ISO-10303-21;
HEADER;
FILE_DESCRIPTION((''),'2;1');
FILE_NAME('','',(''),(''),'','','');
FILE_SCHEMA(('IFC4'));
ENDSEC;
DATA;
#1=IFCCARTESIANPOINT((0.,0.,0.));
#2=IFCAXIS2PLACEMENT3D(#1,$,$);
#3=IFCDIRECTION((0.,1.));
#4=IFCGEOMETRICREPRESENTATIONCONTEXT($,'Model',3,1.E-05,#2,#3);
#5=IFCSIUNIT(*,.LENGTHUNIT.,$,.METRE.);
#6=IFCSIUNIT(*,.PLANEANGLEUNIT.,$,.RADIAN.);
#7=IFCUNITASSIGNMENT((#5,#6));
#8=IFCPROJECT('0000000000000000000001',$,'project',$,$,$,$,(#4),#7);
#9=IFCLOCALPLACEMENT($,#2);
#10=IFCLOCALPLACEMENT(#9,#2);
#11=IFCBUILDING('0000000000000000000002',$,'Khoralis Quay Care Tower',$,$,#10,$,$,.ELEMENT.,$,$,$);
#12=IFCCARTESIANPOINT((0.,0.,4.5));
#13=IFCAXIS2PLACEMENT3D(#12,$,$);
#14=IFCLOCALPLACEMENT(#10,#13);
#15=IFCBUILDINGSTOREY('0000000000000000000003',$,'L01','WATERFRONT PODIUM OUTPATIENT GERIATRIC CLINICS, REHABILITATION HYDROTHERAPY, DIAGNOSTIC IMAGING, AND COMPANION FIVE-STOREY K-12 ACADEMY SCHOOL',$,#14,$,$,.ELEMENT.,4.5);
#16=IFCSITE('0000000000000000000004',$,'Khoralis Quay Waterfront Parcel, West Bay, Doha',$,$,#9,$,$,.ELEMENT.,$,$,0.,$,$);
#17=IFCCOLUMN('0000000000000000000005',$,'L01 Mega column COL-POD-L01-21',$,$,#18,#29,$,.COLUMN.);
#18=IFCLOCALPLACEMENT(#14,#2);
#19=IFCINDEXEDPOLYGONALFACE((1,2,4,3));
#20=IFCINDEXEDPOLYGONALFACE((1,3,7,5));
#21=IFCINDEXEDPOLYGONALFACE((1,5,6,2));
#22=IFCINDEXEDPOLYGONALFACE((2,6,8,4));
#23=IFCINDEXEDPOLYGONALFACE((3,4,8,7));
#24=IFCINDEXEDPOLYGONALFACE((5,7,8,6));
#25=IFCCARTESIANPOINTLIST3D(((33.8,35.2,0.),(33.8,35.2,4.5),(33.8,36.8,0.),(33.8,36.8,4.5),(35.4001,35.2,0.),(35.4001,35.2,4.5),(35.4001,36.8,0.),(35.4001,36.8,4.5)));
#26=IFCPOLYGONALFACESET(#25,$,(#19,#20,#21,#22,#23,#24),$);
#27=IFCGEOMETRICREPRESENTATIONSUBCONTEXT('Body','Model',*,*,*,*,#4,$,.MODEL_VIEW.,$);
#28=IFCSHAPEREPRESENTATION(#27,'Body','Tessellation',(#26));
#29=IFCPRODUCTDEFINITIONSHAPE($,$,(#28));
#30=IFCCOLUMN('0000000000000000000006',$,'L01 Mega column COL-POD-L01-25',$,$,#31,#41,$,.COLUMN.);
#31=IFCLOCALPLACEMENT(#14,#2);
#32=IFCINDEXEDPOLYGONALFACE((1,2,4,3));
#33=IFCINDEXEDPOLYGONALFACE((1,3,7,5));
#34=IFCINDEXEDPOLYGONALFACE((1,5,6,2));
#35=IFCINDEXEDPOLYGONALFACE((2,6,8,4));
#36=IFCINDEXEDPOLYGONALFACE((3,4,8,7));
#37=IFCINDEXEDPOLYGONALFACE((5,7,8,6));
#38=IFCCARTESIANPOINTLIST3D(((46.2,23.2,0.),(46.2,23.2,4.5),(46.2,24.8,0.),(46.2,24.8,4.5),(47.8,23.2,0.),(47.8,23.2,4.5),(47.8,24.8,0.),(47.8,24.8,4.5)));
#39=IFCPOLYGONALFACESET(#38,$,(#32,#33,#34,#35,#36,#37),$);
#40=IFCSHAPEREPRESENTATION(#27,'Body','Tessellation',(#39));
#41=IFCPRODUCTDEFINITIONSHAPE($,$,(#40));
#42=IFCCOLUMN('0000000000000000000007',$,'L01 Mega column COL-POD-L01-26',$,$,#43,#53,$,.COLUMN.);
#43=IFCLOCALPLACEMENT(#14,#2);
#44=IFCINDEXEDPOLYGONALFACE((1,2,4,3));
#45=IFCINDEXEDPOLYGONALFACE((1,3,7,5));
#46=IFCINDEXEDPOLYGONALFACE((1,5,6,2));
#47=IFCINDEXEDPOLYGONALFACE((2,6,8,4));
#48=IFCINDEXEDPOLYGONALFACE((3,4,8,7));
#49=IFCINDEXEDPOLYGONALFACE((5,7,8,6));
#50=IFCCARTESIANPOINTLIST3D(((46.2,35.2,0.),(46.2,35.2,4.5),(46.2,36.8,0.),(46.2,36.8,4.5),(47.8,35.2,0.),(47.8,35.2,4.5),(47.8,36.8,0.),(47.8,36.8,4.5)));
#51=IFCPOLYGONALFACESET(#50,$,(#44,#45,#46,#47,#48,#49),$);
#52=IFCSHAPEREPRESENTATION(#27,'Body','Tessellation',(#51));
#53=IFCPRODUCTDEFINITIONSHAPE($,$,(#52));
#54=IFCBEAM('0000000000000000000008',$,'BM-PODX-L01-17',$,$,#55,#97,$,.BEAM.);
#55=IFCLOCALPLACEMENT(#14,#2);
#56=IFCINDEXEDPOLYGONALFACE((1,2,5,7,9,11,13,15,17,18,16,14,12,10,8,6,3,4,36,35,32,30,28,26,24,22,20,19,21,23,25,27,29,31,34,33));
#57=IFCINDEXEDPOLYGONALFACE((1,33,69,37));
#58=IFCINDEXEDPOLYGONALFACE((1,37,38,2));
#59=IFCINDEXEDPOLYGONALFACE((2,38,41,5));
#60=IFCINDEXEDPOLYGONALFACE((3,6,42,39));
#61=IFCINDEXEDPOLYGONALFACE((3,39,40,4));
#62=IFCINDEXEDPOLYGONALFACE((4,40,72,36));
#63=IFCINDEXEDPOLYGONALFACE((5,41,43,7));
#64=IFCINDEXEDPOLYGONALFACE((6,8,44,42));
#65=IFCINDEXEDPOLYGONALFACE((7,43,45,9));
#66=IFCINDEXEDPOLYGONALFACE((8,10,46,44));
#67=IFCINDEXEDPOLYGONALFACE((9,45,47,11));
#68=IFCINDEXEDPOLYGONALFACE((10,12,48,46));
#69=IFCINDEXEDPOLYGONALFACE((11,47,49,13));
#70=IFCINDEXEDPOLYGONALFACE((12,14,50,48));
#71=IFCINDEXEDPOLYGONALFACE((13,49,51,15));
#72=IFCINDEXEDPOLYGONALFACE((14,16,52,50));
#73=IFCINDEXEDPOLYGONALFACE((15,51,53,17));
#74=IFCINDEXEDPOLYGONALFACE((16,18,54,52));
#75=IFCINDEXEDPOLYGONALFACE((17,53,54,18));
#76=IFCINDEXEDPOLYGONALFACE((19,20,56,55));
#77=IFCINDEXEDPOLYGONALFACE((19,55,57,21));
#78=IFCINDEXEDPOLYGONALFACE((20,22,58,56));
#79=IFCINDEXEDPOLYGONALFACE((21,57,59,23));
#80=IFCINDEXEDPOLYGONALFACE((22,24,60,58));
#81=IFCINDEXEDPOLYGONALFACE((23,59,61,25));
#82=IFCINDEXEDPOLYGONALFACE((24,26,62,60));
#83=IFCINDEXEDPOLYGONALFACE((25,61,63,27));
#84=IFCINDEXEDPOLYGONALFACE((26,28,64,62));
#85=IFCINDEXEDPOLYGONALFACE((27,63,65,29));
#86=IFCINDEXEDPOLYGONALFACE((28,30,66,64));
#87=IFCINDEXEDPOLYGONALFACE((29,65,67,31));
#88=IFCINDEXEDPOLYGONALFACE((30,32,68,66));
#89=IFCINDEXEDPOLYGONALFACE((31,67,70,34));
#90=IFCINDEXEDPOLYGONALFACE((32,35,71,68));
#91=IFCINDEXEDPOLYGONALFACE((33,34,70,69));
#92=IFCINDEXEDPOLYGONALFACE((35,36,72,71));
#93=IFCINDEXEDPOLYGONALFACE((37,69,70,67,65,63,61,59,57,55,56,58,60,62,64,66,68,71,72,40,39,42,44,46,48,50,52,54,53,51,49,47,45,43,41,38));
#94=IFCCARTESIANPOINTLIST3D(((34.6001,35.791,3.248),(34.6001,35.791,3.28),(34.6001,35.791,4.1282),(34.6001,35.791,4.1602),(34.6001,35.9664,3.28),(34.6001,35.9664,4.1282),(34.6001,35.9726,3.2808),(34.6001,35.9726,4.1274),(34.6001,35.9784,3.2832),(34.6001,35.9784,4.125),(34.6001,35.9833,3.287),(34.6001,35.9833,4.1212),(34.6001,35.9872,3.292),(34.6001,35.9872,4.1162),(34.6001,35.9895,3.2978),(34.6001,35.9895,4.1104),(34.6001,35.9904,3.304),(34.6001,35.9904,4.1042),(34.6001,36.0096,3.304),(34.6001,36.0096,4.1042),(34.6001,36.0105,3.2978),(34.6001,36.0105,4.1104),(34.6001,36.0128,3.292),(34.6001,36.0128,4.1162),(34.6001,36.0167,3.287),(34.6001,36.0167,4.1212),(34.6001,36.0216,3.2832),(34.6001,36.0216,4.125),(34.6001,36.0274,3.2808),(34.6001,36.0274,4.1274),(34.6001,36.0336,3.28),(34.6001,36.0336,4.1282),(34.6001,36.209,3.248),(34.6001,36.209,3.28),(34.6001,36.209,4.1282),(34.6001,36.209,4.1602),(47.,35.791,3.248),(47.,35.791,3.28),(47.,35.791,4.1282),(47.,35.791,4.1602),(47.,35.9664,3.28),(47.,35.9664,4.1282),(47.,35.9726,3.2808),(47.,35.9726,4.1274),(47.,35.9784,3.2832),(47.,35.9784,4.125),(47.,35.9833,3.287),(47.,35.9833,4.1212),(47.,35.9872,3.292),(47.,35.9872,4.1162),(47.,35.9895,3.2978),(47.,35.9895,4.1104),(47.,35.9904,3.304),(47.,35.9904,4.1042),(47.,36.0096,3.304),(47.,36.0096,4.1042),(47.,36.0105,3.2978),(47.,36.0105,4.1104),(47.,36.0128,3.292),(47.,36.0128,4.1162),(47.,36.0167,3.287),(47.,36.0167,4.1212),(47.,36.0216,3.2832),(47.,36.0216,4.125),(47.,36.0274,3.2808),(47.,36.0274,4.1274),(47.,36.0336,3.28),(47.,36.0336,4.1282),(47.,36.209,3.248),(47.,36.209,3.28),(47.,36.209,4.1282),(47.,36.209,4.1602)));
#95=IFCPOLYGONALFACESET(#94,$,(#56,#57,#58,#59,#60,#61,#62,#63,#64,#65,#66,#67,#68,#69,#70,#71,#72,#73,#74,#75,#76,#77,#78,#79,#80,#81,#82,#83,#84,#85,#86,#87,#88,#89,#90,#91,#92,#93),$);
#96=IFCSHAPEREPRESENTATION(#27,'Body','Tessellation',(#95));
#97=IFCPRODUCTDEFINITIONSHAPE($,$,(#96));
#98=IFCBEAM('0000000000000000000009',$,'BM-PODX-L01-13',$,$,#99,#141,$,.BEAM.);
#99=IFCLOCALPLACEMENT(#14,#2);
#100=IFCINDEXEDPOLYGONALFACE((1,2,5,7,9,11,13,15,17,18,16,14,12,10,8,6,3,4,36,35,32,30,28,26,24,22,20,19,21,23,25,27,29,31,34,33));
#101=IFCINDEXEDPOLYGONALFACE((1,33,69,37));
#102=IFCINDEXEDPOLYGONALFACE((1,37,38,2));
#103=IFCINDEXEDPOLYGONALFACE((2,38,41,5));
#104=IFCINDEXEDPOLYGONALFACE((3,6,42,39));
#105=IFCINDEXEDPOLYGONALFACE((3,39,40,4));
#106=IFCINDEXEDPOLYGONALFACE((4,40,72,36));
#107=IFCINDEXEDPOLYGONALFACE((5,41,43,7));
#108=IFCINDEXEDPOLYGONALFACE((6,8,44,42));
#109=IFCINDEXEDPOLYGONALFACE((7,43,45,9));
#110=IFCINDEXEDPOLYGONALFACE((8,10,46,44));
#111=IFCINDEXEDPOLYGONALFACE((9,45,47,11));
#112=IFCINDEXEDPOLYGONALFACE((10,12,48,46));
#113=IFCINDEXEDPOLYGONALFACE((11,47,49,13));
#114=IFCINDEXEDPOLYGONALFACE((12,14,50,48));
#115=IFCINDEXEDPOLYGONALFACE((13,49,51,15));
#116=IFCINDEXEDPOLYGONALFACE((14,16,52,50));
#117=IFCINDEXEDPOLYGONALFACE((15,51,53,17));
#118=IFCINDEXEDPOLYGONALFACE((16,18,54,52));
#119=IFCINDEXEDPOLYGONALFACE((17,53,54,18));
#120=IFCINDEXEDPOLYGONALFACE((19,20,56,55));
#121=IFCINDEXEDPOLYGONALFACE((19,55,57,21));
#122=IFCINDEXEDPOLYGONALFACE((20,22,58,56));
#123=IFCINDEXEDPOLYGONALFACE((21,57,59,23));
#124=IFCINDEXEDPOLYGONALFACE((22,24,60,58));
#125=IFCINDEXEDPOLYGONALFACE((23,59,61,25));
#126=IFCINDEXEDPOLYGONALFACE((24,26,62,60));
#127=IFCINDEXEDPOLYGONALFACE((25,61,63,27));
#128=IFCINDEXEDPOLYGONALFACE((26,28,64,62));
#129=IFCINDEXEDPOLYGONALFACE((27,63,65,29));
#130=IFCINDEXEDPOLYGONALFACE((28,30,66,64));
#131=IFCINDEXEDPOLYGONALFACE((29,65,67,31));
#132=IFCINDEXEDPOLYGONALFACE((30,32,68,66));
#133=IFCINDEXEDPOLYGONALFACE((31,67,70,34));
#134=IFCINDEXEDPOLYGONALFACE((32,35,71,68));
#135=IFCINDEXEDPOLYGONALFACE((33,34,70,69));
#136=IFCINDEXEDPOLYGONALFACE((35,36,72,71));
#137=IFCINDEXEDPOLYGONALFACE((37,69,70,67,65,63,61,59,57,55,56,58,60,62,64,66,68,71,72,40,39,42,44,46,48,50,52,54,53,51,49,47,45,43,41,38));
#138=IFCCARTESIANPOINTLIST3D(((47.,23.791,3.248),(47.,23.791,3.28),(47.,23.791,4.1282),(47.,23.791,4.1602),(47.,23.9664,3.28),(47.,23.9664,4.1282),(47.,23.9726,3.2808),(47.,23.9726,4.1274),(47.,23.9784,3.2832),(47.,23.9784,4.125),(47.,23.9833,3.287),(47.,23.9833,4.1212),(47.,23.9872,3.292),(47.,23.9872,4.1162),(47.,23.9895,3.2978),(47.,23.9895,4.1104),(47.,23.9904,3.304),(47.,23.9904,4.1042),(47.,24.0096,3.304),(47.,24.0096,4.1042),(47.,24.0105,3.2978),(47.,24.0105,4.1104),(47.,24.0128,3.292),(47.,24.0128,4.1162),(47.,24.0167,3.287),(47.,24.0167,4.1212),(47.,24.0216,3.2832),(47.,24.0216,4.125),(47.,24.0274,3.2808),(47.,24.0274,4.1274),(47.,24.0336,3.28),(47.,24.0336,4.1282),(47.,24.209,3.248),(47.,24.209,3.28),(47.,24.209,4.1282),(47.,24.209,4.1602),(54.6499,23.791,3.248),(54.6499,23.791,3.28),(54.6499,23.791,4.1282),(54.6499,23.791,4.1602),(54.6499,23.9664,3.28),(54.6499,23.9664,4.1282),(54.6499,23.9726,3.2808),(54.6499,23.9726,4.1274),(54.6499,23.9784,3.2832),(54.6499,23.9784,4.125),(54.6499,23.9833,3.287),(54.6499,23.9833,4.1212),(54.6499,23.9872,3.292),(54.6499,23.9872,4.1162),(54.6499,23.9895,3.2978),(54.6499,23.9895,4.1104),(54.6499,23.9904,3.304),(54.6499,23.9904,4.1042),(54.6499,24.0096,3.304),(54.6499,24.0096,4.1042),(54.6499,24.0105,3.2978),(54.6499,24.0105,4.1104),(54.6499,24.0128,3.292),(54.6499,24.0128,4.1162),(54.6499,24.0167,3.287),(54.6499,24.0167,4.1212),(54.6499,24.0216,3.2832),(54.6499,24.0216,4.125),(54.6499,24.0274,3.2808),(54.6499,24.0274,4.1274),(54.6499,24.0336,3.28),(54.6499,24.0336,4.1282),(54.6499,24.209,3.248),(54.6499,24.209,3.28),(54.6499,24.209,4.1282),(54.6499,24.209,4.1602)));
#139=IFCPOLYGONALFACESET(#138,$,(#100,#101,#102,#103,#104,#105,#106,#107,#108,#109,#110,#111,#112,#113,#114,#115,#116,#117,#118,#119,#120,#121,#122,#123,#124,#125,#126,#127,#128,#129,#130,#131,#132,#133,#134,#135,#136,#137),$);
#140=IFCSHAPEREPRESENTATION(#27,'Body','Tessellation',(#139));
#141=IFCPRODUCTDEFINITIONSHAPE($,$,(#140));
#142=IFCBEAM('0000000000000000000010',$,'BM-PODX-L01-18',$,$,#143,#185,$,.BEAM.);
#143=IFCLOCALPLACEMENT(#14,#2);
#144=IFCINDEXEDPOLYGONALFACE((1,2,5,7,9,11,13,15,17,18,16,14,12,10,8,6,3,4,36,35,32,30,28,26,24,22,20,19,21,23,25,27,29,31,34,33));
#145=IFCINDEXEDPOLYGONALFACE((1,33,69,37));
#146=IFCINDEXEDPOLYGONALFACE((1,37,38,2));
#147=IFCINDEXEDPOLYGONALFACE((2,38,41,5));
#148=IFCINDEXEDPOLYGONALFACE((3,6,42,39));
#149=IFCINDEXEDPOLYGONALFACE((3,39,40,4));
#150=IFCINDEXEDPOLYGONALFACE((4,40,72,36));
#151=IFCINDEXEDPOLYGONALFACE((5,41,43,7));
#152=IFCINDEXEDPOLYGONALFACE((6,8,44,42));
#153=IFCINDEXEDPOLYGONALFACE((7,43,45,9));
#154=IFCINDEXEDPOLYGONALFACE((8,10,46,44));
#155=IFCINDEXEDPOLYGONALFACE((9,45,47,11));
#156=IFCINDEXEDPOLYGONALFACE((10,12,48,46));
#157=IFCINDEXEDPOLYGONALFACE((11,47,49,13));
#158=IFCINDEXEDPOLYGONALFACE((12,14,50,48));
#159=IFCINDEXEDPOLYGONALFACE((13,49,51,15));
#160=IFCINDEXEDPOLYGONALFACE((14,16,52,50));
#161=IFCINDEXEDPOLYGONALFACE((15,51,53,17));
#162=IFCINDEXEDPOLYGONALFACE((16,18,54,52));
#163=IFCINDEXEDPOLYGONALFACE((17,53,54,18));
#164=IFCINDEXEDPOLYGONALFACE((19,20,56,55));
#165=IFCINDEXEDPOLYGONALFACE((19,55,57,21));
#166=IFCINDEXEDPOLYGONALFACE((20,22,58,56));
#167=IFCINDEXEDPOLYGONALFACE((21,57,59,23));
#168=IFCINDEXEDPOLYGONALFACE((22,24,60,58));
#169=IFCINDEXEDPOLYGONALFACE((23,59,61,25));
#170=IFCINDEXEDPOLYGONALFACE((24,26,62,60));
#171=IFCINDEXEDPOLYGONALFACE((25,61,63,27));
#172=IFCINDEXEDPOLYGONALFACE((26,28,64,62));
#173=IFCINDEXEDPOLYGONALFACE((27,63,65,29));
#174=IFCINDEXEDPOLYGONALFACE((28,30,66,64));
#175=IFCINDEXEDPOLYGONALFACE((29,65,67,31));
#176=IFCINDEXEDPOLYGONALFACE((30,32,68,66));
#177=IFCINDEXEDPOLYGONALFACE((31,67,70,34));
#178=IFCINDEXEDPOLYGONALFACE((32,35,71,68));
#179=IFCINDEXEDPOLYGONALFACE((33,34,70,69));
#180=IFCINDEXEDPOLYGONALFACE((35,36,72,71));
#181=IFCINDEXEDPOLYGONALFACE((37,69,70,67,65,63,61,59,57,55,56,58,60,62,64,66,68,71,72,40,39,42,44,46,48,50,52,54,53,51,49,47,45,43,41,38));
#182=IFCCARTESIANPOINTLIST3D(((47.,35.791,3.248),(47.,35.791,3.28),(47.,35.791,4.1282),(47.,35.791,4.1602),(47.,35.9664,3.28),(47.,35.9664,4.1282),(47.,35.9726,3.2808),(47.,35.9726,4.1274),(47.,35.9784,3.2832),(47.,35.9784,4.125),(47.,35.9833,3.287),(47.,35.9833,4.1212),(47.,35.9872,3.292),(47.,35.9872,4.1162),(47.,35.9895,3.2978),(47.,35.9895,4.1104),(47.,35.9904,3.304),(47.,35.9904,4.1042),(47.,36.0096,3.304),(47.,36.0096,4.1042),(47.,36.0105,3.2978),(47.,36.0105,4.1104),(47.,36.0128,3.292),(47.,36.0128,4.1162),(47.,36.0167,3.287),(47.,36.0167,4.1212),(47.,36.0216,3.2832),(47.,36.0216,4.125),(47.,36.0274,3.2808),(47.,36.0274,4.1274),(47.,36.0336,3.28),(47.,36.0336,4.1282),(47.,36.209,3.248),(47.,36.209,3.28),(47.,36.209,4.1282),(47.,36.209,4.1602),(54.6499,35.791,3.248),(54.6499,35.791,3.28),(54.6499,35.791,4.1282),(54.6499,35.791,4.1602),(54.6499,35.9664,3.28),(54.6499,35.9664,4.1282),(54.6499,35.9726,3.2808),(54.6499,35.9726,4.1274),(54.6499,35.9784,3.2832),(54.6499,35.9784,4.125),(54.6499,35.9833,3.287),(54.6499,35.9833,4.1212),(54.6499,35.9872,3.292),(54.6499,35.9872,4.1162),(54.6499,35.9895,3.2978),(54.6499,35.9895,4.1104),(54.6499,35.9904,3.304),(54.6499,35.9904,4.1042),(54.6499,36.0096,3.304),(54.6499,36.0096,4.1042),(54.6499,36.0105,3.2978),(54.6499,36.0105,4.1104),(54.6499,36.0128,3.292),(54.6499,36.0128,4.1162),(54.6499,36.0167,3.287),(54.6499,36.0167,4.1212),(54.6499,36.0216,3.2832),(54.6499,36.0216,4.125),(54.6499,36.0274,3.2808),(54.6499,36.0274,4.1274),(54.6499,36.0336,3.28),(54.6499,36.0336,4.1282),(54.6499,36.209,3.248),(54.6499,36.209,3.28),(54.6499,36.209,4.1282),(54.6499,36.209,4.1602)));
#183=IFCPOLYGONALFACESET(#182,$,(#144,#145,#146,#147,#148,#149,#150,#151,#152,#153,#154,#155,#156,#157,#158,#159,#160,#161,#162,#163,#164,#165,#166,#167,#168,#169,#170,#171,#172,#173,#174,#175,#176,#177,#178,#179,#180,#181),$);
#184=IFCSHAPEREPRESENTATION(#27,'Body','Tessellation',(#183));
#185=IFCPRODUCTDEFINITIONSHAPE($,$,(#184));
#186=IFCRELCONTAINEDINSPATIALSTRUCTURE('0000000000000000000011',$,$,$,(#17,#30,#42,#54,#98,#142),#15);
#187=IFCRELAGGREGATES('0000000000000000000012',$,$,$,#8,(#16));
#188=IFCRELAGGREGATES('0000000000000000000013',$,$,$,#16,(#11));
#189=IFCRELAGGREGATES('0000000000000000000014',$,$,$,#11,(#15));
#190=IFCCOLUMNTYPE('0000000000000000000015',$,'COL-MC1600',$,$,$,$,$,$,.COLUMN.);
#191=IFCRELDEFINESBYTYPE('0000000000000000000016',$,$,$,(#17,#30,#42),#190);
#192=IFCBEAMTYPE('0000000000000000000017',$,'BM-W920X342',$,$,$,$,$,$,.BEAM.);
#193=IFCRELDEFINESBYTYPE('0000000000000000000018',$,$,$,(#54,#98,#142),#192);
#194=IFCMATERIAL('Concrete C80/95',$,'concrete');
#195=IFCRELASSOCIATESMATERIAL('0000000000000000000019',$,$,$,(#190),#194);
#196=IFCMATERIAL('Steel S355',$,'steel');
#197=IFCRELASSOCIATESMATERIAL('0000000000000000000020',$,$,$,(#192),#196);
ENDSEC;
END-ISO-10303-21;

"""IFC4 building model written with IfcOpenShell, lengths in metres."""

from ifc_helpers import new_model, si_unit, direction, frame, origin, origin_2d, place, context, subcontext, project, spatial, rectangle, i_section, extrude, source, transform, mapped, material, material_profile, profile_set, type_object, element, save


model = new_model("IFC4")

# Units and contexts
model_context = context("Model", 3, precision=1e-05, world=origin(), true_north=direction((0.0, 1.0)))
body_context = subcontext(model_context, "Body", "Model", "MODEL_VIEW")
ifc_project = project(units=[si_unit("LENGTHUNIT", "METRE"), si_unit("PLANEANGLEUNIT", "RADIAN")], contexts=[model_context])

# Site, building, storey
site_placement = place(None, origin())
site = spatial("IfcSite", under=ifc_project, at=site_placement, Name="Khoralis Quay Waterfront Parcel, West Bay, Doha", CompositionType="ELEMENT", RefElevation=0.0)
building_placement = place(site_placement, origin())
building = spatial("IfcBuilding", under=site, at=building_placement, Name="Khoralis Quay Care Tower", CompositionType="ELEMENT")
storey_placement = place(building_placement, frame((0.0, 0.0, 4.5)))
storey = spatial("IfcBuildingStorey", under=building, at=storey_placement, Name="L01", Description="WATERFRONT PODIUM OUTPATIENT GERIATRIC CLINICS, REHABILITATION HYDROTHERAPY, DIAGNOSTIC IMAGING, AND COMPANION FIVE-STOREY K-12 ACADEMY SCHOOL", CompositionType="ELEMENT", Elevation=4.5)

# Columns
ifc_material_1 = material(Name="Concrete C80/95", Category="concrete")
ifc_material_profile_1 = material_profile(ifc_material_1, rectangle(XDim=1.6001, YDim=1.6001, at=origin_2d()), Name="Concrete C80/95")
ifc_profile_set_1 = profile_set([ifc_material_profile_1], Name="Concrete C80/95")
column_type = type_object("IfcColumnType", Name="COL-MC1600", PredefinedType="COLUMN", material=ifc_profile_set_1)
shared_shape_1 = source(origin(), body_context, "Body", "SweptSolid", [
    extrude(rectangle(XDim=1.6001, YDim=1.6001, at=origin_2d()), origin(), (0.0, 0.0, 1.0), 4.5),
])
for number, where, z_axis, x_axis, name in (
    (1, (34.6001, 36.0, 0.0), (0.0, 0.0, 1.0), (1.0, 0.0, 0.0), "L01 Mega column COL-POD-L01-21"),
    (2, (47.0, 24.0, 0.0), (0.0, 0.0, 1.0), (1.0, 0.0, 0.0), "L01 Mega column COL-POD-L01-25"),
    (3, (47.0, 36.0, 0.0), (0.0, 0.0, 1.0), (1.0, 0.0, 0.0), "L01 Mega column COL-POD-L01-26"),
):
    element("IfcColumn", number, at=place(storey_placement, frame(where, z_axis=z_axis, x_axis=x_axis)), inside=storey, type_object=column_type, Name=name, PredefinedType="COLUMN", context=body_context, shape_type="MappedRepresentation", body=[
        mapped(shared_shape_1, transform((0.0, 0.0, 0.0), scale=1.0)),
    ])

# Beams
ifc_material_2 = material(Name="Steel S355", Category="steel")
ifc_material_profile_2 = material_profile(ifc_material_2, i_section(OverallWidth=0.418, OverallDepth=0.9121, WebThickness=0.0193, FlangeThickness=0.032, FilletRadius=0.0239, at=origin_2d()), Name="Steel S355")
ifc_profile_set_2 = profile_set([ifc_material_profile_2], Name="Steel S355")
beam_type_1 = type_object("IfcBeamType", Name="BM-W920X342", PredefinedType="BEAM", material=ifc_profile_set_2)
shared_shape_2 = source(origin(), body_context, "Body", "SweptSolid", [
    extrude(i_section(OverallWidth=0.418, OverallDepth=0.9121, WebThickness=0.0193, FlangeThickness=0.032, FilletRadius=0.0239, at=origin_2d()), origin(), (0.0, 0.0, 1.0), 12.3999),
])
beam_1_placement = place(storey_placement, frame((34.6001, 36.0, 3.7041), z_axis=(1.0, 0.0, 0.0), x_axis=(0.0, 1.0, 0.0)))
element("IfcBeam", 4, at=beam_1_placement, inside=storey, type_object=beam_type_1, Name="BM-PODX-L01-17", PredefinedType="BEAM", context=body_context, shape_type="MappedRepresentation", body=[
    mapped(shared_shape_2, transform((0.0, 0.0, 0.0), scale=1.0)),
])
shared_shape_3 = source(origin(), body_context, "Body", "SweptSolid", [
    extrude(i_section(OverallWidth=0.418, OverallDepth=0.9121, WebThickness=0.0193, FlangeThickness=0.032, FilletRadius=0.0239, at=origin_2d()), origin(), (0.0, 0.0, 1.0), 7.6499),
])
for number, where, z_axis, x_axis, name in (
    (5, (47.0, 24.0, 3.7041), (1.0, 0.0, 0.0), (0.0, 1.0, 0.0), "BM-PODX-L01-13"),
    (6, (47.0, 36.0, 3.7041), (1.0, 0.0, 0.0), (0.0, 1.0, 0.0), "BM-PODX-L01-18"),
):
    element("IfcBeam", number, at=place(storey_placement, frame(where, z_axis=z_axis, x_axis=x_axis)), inside=storey, type_object=beam_type_1, Name=name, PredefinedType="BEAM", context=body_context, shape_type="MappedRepresentation", body=[
        mapped(shared_shape_3, transform((0.0, 0.0, 0.0), scale=1.0)),
    ])

save(model, "model.ifc")
